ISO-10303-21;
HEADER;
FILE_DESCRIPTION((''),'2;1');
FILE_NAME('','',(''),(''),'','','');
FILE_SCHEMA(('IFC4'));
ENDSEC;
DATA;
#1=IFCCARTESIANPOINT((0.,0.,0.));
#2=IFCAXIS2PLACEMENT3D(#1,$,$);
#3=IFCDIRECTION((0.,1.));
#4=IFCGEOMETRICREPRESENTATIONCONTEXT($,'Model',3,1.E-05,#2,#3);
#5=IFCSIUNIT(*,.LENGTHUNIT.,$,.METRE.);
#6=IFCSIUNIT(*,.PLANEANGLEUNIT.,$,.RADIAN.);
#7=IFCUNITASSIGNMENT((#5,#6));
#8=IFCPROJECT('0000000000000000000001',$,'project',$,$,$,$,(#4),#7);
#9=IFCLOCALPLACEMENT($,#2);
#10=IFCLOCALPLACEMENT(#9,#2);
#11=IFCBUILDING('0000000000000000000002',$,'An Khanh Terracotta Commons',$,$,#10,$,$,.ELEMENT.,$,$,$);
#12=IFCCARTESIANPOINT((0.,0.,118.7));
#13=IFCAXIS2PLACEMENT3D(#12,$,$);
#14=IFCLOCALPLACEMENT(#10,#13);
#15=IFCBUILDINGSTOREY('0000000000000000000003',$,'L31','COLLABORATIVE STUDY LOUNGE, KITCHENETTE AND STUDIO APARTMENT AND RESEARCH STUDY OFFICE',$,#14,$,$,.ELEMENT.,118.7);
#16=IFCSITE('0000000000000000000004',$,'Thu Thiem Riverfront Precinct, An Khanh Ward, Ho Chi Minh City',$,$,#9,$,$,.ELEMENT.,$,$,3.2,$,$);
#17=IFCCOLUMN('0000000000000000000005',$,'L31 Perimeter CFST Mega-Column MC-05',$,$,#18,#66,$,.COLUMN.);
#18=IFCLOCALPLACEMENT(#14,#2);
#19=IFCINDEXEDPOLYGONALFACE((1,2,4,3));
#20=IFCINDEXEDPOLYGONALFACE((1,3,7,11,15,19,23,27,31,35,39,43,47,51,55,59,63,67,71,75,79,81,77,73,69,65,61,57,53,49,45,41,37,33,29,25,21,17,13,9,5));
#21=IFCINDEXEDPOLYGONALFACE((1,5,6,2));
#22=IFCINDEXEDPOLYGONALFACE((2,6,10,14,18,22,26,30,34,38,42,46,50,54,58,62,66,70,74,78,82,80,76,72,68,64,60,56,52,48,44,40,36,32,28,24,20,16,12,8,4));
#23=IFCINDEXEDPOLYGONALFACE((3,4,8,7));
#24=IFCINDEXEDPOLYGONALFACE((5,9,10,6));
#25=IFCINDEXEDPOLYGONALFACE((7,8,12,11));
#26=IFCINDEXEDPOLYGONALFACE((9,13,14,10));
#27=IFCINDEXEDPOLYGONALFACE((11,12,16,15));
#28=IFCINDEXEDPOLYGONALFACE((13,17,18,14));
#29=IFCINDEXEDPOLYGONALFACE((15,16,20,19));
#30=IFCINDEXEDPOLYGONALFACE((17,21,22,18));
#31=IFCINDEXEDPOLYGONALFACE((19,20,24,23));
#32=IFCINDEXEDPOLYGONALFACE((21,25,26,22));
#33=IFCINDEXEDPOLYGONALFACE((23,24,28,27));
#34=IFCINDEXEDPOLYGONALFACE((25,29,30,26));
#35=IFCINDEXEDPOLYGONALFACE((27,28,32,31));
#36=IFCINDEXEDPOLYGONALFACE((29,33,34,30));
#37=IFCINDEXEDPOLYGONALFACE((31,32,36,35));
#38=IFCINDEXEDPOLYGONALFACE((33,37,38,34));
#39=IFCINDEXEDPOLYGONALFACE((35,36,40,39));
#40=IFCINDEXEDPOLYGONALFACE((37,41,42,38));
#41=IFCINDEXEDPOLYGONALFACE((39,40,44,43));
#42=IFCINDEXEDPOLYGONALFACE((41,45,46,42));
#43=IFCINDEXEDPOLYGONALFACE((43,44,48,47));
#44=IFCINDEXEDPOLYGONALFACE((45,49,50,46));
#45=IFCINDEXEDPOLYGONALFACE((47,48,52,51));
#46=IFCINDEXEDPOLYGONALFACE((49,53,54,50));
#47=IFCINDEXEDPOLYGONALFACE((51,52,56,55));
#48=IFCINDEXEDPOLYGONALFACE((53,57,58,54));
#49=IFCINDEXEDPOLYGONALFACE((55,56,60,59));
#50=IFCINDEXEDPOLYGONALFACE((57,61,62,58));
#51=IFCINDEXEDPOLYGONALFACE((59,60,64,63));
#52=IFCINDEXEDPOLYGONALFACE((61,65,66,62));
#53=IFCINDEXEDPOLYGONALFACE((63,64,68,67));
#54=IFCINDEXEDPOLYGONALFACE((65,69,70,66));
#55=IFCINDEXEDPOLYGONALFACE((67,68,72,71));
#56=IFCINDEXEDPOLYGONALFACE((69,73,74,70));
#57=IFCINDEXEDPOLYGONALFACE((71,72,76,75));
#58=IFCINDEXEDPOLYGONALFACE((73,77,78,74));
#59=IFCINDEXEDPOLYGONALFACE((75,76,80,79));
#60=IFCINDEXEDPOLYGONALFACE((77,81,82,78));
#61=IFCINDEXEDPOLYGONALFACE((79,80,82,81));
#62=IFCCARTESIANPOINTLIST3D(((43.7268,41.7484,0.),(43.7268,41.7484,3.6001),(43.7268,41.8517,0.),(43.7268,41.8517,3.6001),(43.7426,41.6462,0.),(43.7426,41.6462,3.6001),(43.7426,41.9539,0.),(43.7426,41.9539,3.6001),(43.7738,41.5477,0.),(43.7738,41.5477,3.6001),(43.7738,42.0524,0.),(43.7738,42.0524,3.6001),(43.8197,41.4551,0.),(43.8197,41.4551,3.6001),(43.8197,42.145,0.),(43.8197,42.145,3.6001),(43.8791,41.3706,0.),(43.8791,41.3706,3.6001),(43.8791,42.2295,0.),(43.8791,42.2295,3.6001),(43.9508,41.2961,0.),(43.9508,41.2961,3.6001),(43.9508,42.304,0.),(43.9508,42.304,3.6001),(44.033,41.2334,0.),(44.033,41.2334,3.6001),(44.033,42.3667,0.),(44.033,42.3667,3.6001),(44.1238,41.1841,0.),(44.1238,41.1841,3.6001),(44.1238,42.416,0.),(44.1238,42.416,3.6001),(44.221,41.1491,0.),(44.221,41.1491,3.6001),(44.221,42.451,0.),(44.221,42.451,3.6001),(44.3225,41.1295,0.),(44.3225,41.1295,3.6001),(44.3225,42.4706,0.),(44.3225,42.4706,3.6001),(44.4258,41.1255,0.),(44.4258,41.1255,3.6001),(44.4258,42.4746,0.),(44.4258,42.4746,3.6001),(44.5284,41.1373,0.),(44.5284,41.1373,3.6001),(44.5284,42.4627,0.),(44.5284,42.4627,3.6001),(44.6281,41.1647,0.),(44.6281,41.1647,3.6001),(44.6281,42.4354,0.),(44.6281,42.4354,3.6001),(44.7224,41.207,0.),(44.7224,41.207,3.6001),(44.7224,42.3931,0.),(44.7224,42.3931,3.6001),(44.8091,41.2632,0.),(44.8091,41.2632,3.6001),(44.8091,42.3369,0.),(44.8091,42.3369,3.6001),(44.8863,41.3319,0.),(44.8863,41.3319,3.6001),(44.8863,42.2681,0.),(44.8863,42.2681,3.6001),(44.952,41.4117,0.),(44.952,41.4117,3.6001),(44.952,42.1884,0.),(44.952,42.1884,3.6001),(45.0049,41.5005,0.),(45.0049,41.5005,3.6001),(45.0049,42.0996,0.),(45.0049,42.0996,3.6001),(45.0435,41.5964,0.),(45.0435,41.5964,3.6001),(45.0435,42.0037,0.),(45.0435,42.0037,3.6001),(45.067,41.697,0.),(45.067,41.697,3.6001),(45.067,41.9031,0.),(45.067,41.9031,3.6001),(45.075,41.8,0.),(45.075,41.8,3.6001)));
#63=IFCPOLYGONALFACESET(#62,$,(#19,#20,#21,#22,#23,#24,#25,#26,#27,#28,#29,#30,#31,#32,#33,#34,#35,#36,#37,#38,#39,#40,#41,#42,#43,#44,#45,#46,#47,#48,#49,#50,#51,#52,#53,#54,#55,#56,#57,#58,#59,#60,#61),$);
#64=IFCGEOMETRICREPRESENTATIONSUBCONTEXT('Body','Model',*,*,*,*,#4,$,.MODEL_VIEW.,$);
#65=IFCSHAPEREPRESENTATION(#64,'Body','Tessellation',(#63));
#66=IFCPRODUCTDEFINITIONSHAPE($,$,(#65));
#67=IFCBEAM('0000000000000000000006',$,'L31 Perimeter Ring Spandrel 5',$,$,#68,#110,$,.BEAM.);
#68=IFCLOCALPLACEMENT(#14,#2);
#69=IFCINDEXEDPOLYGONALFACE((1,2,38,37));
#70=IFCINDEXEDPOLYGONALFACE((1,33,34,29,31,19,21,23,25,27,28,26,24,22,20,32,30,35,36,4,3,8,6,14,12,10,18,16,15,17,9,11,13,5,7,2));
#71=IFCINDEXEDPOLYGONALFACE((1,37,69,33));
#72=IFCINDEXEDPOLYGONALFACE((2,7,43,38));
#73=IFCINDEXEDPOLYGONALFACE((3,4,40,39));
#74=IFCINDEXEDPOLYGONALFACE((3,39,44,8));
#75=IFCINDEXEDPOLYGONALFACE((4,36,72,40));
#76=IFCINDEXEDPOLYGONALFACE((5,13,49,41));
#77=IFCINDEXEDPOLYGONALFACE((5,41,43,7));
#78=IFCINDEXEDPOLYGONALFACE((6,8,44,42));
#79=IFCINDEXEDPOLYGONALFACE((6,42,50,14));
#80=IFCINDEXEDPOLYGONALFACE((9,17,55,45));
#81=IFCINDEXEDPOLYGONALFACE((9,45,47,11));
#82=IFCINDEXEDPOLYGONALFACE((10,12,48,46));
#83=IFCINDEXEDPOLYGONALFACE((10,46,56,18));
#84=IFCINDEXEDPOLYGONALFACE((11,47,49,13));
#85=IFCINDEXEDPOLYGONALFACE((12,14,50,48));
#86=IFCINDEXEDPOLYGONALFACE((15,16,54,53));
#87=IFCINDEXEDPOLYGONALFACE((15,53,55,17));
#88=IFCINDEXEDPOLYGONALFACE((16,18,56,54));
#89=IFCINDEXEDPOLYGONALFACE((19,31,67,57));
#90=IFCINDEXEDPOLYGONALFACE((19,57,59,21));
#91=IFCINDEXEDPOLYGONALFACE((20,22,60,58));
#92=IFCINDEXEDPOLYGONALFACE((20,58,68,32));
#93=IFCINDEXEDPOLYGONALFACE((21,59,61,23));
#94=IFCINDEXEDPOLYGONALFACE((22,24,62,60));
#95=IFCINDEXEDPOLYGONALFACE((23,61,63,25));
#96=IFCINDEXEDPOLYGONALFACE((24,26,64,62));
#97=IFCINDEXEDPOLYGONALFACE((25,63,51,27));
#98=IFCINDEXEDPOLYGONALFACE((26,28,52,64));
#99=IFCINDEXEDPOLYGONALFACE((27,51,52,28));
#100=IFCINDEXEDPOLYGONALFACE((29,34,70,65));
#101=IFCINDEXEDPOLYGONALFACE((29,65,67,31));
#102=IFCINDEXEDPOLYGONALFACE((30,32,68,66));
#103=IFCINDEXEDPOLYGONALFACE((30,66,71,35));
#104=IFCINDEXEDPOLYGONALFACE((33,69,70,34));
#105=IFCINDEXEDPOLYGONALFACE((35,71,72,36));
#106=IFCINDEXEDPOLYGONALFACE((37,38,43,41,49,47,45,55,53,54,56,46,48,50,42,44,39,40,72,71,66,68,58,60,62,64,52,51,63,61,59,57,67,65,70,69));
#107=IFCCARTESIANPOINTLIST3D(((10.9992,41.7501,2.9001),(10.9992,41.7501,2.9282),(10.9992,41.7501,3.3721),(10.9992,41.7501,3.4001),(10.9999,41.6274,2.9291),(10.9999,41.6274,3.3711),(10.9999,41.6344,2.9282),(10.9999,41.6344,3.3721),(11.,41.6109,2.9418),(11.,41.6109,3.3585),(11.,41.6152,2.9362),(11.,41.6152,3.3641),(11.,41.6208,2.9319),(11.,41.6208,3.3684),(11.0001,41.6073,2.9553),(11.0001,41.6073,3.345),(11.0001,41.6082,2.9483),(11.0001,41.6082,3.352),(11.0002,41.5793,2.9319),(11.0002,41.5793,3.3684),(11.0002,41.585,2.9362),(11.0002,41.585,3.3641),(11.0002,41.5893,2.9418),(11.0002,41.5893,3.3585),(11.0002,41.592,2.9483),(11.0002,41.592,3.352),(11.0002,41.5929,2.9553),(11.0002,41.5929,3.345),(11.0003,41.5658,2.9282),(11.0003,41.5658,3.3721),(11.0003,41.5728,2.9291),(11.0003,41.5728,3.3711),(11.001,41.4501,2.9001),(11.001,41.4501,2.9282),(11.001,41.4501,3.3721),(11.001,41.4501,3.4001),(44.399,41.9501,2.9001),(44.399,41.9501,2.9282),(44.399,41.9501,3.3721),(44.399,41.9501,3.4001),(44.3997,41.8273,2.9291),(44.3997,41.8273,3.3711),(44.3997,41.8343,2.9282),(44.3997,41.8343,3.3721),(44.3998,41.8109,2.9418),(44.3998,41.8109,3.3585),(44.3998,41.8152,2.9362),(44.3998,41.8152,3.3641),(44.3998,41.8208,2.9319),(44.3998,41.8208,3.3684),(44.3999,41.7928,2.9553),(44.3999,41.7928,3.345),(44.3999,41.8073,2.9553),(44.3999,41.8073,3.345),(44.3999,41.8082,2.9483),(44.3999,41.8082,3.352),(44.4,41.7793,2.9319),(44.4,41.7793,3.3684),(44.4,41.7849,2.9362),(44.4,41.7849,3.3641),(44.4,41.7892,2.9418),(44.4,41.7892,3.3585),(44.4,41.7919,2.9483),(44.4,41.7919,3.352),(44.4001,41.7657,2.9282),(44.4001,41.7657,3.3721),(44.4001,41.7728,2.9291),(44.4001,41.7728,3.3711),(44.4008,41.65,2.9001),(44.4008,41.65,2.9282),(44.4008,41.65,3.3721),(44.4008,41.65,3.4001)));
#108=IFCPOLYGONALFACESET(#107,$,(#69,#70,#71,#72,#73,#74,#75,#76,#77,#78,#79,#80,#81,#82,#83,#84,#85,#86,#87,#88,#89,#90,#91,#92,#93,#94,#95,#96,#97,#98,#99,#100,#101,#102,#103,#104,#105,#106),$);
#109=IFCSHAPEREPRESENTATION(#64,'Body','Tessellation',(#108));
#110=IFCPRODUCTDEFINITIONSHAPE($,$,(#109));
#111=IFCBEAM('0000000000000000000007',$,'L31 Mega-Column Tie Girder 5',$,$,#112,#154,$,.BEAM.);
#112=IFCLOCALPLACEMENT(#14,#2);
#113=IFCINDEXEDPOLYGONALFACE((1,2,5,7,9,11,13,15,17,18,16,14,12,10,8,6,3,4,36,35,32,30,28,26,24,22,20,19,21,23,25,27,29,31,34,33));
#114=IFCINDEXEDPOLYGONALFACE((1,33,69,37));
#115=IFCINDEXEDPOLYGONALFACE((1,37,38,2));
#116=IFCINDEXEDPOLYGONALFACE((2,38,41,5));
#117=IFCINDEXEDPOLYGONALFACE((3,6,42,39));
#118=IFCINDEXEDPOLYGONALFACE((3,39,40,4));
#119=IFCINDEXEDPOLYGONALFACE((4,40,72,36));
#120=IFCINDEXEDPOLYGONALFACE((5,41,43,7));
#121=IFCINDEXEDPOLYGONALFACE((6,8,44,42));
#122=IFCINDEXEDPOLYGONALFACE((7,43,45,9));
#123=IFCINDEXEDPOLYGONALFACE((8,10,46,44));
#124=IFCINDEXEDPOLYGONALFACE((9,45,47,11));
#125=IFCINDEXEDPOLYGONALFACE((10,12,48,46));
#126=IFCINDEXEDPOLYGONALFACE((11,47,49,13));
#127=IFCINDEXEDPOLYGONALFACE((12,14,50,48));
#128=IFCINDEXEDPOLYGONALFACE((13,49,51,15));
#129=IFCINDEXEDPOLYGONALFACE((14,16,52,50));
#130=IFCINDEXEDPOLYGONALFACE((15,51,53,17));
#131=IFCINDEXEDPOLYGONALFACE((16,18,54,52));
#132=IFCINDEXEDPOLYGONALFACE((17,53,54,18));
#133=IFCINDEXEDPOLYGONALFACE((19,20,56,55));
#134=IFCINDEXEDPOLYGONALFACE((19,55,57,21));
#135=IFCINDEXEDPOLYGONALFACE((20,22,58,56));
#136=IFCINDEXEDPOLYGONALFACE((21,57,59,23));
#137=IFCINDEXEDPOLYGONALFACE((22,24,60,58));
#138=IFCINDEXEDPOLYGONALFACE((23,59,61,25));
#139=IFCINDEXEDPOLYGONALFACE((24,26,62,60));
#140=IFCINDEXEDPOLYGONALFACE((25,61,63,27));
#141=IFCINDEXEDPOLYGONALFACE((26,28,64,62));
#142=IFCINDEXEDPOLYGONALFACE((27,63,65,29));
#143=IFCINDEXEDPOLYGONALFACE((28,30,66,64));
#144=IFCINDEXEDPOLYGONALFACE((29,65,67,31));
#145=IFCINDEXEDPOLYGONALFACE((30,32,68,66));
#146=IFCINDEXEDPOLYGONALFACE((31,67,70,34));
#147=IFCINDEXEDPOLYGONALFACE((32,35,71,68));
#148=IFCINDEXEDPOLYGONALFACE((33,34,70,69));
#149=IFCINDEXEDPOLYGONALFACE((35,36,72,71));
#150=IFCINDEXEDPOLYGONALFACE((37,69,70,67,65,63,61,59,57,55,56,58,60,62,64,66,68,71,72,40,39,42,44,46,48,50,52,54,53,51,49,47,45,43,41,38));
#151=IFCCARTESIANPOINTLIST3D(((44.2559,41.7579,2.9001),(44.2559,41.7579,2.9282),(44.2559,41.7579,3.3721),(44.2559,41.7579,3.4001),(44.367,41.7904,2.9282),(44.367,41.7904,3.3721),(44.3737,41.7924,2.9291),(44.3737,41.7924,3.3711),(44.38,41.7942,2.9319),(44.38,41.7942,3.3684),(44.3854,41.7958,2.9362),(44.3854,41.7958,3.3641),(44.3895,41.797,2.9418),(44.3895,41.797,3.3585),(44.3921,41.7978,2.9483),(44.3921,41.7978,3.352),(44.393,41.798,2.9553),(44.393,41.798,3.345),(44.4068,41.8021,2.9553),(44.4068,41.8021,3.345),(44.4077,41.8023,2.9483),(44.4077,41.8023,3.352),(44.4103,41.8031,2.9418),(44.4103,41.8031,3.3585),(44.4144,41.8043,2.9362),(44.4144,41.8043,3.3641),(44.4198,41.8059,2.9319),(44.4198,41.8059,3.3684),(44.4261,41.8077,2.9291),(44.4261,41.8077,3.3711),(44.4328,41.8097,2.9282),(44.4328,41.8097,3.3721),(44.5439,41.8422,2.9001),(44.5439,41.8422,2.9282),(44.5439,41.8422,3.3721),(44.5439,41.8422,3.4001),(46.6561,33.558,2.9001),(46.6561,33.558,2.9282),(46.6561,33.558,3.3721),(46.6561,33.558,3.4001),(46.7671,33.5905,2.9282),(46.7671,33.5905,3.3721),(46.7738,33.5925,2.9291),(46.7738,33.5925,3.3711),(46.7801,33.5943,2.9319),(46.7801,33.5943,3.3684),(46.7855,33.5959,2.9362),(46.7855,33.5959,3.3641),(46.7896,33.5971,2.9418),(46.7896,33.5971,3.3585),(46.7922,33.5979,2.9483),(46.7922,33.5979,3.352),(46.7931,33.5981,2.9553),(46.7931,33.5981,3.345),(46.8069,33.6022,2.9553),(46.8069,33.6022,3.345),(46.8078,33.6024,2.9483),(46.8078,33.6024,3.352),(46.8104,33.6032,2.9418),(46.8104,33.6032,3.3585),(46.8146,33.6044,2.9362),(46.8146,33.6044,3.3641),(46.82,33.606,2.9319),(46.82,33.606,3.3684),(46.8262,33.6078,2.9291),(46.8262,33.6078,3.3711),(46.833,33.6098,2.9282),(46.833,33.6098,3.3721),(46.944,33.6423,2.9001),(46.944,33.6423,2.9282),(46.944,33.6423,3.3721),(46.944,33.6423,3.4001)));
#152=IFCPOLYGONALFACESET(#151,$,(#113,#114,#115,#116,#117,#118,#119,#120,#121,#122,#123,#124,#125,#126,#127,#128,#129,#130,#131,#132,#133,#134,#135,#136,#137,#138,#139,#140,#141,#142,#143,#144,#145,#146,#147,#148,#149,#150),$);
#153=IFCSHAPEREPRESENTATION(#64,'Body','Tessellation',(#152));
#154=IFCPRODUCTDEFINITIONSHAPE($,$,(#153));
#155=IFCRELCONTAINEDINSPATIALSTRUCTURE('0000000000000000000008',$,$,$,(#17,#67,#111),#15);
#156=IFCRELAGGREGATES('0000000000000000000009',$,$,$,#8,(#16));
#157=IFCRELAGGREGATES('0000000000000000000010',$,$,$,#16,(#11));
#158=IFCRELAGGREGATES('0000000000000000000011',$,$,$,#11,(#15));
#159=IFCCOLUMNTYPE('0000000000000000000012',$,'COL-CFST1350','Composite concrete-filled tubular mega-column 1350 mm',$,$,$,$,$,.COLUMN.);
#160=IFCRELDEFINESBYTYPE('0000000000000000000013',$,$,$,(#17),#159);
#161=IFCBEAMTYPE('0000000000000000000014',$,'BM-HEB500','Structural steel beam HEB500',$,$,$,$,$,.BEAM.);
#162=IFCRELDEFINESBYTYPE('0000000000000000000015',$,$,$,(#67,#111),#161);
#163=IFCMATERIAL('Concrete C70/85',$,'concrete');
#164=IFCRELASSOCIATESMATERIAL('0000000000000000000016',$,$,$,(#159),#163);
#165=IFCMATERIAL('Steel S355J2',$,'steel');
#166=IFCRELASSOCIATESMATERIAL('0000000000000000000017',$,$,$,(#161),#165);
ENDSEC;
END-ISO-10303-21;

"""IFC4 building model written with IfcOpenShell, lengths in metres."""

from ifc_helpers import new_model, si_unit, direction, frame, origin, origin_2d, place, context, subcontext, project, spatial, circle, i_section, extrude, material, material_profile, profile_set, type_object, element, save


model = new_model("IFC4")

# Units and contexts
model_context = context("Model", 3, precision=1e-05, world=origin(), true_north=direction((0.0, 1.0)))
body_context = subcontext(model_context, "Body", "Model", "MODEL_VIEW")
ifc_project = project(units=[si_unit("LENGTHUNIT", "METRE"), si_unit("PLANEANGLEUNIT", "RADIAN")], contexts=[model_context])

# Site, building, storey
site_placement = place(None, origin())
site = spatial("IfcSite", under=ifc_project, at=site_placement, Name="Thu Thiem Riverfront Precinct, An Khanh Ward, Ho Chi Minh City", CompositionType="ELEMENT", RefElevation=3.2)
building_placement = place(site_placement, origin())
building = spatial("IfcBuilding", under=site, at=building_placement, Name="An Khanh Terracotta Commons", CompositionType="ELEMENT")
storey_placement = place(building_placement, frame((0.0, 0.0, 118.7)))
storey = spatial("IfcBuildingStorey", under=building, at=storey_placement, Name="L31", Description="COLLABORATIVE STUDY LOUNGE, KITCHENETTE AND STUDIO APARTMENT AND RESEARCH STUDY OFFICE", CompositionType="ELEMENT", Elevation=118.7)

# Column
ifc_material_1 = material(Name="Concrete C70/85", Category="concrete")
ifc_material_profile_1 = material_profile(ifc_material_1, circle(Radius=0.675, at=origin_2d()), Name="CFST1350")
ifc_profile_set_1 = profile_set([ifc_material_profile_1], Name="Concrete C70/85")
column_type = type_object("IfcColumnType", Name="COL-CFST1350", Description="Composite concrete-filled tubular mega-column 1350 mm", PredefinedType="COLUMN", material=ifc_profile_set_1)
column_placement = place(storey_placement, frame((44.3999, 41.8, 0.0), z_axis=(0.0, 0.0, 1.0), x_axis=(1.0, 0.0, 0.0)))
element("IfcColumn", 1, at=column_placement, inside=storey, type_object=column_type, Name="L31 Perimeter CFST Mega-Column MC-05", PredefinedType="COLUMN", context=body_context, shape_type="SweptSolid", body=[
    extrude(circle(Radius=0.675, at=origin_2d()), origin(), (0.0, 0.0, 1.0), 3.6001),
])

# Beams
ifc_material_2 = material(Name="Steel S355J2", Category="steel")
ifc_material_profile_2 = material_profile(ifc_material_2, i_section(OverallWidth=0.3, OverallDepth=0.5, WebThickness=0.0144, FlangeThickness=0.0281, FilletRadius=0.0271, at=origin_2d()), Name="HEB500")
ifc_profile_set_2 = profile_set([ifc_material_profile_2], Name="Steel S355J2")
beam_type = type_object("IfcBeamType", Name="BM-HEB500", Description="Structural steel beam HEB500", PredefinedType="BEAM", material=ifc_profile_set_2)
beam_1_placement = place(storey_placement, frame((44.3999, 41.8, 3.1501), z_axis=(-0.999982, -0.005986, 0.0), x_axis=(0.005986, -0.999982, 0.0)))
element("IfcBeam", 2, at=beam_1_placement, inside=storey, type_object=beam_type, Name="L31 Perimeter Ring Spandrel 5", PredefinedType="BEAM", context=body_context, shape_type="SweptSolid", body=[
    extrude(i_section(OverallWidth=0.3, OverallDepth=0.5, WebThickness=0.0144, FlangeThickness=0.0281, FilletRadius=0.0271, at=origin_2d()), origin(), (0.0, 0.0, 1.0), 33.4004),
])
beam_2_placement = place(storey_placement, frame((44.3999, 41.8, 3.1501), z_axis=(0.280916, -0.959732, 0.0), x_axis=(0.959732, 0.280916, 0.0)))
element("IfcBeam", 3, at=beam_2_placement, inside=storey, type_object=beam_type, Name="L31 Mega-Column Tie Girder 5", PredefinedType="BEAM", context=body_context, shape_type="SweptSolid", body=[
    extrude(i_section(OverallWidth=0.3, OverallDepth=0.5, WebThickness=0.0144, FlangeThickness=0.0281, FilletRadius=0.0271, at=origin_2d()), origin(), (0.0, 0.0, 1.0), 8.5439),
])

save(model, "model.ifc")
